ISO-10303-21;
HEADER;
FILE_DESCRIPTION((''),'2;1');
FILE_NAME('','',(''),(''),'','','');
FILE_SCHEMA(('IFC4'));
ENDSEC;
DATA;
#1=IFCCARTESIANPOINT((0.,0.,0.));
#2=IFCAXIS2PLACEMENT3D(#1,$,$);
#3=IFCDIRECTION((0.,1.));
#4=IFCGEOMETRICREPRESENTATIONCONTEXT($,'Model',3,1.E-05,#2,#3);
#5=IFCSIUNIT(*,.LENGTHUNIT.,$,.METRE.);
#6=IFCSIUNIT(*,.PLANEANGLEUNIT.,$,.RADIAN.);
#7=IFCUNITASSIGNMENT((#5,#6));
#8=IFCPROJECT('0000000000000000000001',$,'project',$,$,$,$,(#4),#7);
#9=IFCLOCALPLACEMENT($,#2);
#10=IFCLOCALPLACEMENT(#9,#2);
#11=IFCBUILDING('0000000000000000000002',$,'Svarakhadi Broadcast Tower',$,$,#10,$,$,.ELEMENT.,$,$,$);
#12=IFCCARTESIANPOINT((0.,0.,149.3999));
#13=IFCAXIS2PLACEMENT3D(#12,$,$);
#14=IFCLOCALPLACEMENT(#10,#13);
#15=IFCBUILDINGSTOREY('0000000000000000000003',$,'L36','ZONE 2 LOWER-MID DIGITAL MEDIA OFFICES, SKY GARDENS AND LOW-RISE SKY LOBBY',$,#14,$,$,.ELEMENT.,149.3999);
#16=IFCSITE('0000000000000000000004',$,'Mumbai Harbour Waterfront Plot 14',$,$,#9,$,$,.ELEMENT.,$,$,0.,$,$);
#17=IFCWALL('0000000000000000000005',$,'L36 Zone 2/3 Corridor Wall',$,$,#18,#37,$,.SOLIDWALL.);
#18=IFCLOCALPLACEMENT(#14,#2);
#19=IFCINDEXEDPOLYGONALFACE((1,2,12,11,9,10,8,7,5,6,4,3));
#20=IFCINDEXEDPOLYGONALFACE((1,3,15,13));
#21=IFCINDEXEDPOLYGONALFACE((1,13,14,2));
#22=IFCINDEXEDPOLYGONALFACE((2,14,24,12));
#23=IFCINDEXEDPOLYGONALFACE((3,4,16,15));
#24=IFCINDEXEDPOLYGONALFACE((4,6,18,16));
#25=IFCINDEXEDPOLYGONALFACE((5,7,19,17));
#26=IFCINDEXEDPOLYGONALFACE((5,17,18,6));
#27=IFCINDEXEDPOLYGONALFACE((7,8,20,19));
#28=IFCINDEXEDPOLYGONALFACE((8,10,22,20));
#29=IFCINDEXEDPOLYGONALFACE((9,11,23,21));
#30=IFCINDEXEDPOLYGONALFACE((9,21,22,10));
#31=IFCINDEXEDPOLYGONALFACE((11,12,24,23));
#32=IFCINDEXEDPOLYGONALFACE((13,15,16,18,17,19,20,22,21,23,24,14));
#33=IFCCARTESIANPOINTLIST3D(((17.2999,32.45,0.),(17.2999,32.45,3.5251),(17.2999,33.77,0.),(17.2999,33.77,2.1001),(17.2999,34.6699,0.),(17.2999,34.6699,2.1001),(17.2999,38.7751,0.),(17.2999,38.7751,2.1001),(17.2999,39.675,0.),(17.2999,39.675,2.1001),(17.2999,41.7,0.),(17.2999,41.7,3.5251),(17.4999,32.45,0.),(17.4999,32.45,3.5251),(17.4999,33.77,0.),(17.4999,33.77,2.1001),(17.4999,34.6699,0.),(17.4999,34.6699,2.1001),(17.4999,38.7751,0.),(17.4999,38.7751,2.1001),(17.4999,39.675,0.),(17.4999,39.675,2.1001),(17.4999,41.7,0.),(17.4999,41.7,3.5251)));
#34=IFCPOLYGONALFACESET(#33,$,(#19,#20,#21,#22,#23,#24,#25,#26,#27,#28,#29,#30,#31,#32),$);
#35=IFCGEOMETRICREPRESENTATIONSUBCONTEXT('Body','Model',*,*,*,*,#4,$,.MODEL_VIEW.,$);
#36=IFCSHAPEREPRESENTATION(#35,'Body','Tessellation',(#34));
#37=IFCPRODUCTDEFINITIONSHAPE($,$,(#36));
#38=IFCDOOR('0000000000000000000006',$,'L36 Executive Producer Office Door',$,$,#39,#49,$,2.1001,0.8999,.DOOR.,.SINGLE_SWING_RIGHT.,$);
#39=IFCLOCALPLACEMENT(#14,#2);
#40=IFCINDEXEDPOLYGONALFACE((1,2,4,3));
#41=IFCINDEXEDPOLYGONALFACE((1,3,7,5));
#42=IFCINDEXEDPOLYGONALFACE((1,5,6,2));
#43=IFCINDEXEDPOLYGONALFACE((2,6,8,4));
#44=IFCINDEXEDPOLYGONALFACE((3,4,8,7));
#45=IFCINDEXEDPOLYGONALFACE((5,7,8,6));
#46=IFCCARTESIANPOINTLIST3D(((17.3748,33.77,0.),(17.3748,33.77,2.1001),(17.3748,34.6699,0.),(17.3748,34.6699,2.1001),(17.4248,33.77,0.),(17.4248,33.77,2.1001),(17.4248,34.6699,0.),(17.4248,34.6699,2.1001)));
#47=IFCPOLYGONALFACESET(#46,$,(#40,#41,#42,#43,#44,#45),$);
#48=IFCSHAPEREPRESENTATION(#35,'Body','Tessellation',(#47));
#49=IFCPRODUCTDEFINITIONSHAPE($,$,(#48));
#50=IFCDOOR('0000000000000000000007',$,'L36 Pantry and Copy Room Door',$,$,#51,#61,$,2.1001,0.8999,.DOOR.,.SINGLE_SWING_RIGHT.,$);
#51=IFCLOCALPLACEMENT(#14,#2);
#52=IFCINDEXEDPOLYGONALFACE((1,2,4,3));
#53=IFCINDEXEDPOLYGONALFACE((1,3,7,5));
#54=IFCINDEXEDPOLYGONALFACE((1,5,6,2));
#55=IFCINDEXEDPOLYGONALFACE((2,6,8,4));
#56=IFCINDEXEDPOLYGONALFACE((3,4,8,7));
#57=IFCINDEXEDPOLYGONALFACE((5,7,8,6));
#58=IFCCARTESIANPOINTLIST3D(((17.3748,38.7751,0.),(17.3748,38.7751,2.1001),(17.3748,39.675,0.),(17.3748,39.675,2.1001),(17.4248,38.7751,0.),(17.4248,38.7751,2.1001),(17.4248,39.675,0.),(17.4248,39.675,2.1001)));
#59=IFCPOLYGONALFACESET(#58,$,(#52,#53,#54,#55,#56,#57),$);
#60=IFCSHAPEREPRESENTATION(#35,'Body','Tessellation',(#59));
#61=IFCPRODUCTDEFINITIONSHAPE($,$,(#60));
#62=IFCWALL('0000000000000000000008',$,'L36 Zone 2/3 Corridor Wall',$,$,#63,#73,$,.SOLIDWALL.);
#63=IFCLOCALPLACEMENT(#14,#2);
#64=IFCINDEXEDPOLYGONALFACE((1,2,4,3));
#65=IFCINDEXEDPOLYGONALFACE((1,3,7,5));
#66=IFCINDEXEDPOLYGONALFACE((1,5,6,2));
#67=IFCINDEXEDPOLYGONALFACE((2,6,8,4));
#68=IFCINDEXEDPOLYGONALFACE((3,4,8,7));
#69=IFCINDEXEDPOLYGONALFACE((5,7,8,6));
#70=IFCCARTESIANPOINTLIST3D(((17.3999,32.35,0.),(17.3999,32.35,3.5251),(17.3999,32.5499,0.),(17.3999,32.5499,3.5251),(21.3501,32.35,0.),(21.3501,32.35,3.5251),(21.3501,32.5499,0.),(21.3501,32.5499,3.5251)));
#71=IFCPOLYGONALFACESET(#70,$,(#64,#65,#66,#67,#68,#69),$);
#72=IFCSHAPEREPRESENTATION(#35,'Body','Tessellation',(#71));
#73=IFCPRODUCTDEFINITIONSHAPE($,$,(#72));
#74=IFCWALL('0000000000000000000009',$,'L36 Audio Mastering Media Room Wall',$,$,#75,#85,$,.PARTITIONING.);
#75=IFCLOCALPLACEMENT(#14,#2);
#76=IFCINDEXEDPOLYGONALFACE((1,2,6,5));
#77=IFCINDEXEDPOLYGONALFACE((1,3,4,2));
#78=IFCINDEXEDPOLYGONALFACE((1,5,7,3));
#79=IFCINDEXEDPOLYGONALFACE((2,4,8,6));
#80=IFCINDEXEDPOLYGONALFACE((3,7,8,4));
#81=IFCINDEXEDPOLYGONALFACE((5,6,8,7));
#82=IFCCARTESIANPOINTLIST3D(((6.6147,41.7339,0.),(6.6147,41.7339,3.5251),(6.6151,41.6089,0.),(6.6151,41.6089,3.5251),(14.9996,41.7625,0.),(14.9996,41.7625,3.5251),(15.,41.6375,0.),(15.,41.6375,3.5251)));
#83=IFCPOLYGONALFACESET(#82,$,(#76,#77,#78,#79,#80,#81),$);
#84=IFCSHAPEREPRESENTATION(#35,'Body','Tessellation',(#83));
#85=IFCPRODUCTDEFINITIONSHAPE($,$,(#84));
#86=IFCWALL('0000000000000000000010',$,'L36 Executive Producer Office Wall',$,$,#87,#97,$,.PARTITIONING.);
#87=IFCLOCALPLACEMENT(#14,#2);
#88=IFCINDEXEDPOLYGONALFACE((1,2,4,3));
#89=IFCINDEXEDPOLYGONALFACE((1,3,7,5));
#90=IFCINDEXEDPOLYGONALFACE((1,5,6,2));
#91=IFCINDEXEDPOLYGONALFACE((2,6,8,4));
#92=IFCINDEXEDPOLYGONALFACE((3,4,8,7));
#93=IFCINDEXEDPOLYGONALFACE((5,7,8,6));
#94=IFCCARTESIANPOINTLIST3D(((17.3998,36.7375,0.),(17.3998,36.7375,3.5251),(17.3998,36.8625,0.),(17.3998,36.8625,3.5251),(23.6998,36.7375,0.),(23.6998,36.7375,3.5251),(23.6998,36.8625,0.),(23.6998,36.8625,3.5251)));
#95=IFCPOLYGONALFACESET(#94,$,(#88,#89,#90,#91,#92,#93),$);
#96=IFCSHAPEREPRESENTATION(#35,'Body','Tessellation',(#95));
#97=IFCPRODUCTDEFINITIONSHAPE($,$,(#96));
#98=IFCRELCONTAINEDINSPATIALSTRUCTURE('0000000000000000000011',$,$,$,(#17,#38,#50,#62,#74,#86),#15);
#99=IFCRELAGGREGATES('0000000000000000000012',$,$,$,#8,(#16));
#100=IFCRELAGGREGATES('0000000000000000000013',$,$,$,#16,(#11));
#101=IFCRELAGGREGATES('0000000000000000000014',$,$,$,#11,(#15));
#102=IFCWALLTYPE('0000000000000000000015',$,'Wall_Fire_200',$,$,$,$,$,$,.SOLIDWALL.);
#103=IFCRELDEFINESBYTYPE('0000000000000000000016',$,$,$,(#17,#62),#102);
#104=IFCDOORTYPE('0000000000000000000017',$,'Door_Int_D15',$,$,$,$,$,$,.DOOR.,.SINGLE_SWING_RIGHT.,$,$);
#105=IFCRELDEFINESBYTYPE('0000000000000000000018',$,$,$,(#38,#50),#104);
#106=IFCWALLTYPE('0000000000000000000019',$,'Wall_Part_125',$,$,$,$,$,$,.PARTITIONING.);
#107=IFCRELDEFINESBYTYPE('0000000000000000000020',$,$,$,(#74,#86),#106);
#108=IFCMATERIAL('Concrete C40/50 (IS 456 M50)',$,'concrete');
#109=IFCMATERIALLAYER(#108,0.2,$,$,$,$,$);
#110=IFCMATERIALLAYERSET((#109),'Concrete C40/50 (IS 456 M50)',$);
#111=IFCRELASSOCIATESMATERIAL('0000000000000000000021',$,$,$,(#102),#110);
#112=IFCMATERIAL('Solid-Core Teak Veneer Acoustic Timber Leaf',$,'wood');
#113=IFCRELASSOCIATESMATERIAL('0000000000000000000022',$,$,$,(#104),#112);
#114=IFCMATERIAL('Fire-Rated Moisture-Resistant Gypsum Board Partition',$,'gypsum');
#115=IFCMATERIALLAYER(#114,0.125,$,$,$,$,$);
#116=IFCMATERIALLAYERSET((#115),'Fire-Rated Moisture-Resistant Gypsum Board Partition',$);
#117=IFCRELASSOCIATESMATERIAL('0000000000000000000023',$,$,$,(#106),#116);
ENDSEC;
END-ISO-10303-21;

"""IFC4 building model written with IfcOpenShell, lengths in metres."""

from ifc_helpers import new_model, si_unit, direction, frame, frame_2d, origin, place, context, subcontext, project, spatial, rectangle, extrude, material, layer, layer_set, type_object, element, fill, save


model = new_model("IFC4")

# Units and contexts
model_context = context("Model", 3, precision=1e-05, world=origin(), true_north=direction((0.0, 1.0)))
body_context = subcontext(model_context, "Body", "Model", "MODEL_VIEW")
ifc_project = project(units=[si_unit("LENGTHUNIT", "METRE"), si_unit("PLANEANGLEUNIT", "RADIAN")], contexts=[model_context])

# Site, building, storey
site_placement = place(None, origin())
site = spatial("IfcSite", under=ifc_project, at=site_placement, Name="Mumbai Harbour Waterfront Plot 14", CompositionType="ELEMENT", RefElevation=0.0)
building_placement = place(site_placement, origin())
building = spatial("IfcBuilding", under=site, at=building_placement, Name="Svarakhadi Broadcast Tower", CompositionType="ELEMENT")
storey_placement = place(building_placement, frame((0.0, 0.0, 149.3999)))
storey = spatial("IfcBuildingStorey", under=building, at=storey_placement, Name="L36", Description="ZONE 2 LOWER-MID DIGITAL MEDIA OFFICES, SKY GARDENS AND LOW-RISE SKY LOBBY", CompositionType="ELEMENT", Elevation=149.3999)

# Shared definitions
ifc_material_1 = material(Name="Concrete C40/50 (IS 456 M50)", Category="concrete")

# Wall, openings, doors
ifc_layer_1 = layer(ifc_material_1, 0.2)
ifc_layer_set_1 = layer_set([ifc_layer_1], Name="Concrete C40/50 (IS 456 M50)")
wall_type_1 = type_object("IfcWallType", Name="Wall_Fire_200", PredefinedType="SOLIDWALL", material=ifc_layer_set_1)
ifc_material_2 = material(Name="Solid-Core Teak Veneer Acoustic Timber Leaf", Category="wood")
door_type_1 = type_object("IfcDoorType", Name="Door_Int_D15", OperationType="SINGLE_SWING_RIGHT", PredefinedType="DOOR", material=ifc_material_2)
wall_1_placement = place(storey_placement, frame((17.3999, 41.7, 0.0), z_axis=(0.0, 0.0, 1.0), x_axis=(0.0, -1.0, 0.0)))
wall_1 = element("IfcWall", 1, at=wall_1_placement, inside=storey, type_object=wall_type_1, Name="L36 Zone 2/3 Corridor Wall", PredefinedType="SOLIDWALL", context=body_context, shape_type="SweptSolid", body=[
    extrude(rectangle(XDim=9.25, YDim=0.2, at=frame_2d((4.625, 0.0))), origin(), (0.0, 0.0, 1.0), 3.5251),
])
opening_1_placement = place(wall_1_placement, frame((7.03, 0.0, 0.0)))
opening_1 = element("IfcOpeningElement", 2, at=opening_1_placement, cuts=wall_1, PredefinedType="OPENING", context=body_context, shape_type="SweptSolid", body=[
    extrude(rectangle(XDim=0.8999, YDim=2.1001, at=frame_2d((0.45, 1.05))), frame((0.0, 0.1099, 0.0), z_axis=(0.0, -1.0, 0.0), x_axis=(1.0, 0.0, 0.0)), (0.0, 0.0, 1.0), 0.22),
])
opening_2_placement = place(wall_1_placement, frame((2.0249, 0.0, 0.0)))
opening_2 = element("IfcOpeningElement", 3, at=opening_2_placement, cuts=wall_1, PredefinedType="OPENING", context=body_context, shape_type="SweptSolid", body=[
    extrude(rectangle(XDim=0.8999, YDim=2.1001, at=frame_2d((0.45, 1.05))), frame((0.0, 0.1099, 0.0), z_axis=(0.0, -1.0, 0.0), x_axis=(1.0, 0.0, 0.0)), (0.0, 0.0, 1.0), 0.22),
])
door_1_placement = place(opening_1_placement, origin())
door_1 = element("IfcDoor", 4, at=door_1_placement, inside=storey, type_object=door_type_1, Name="L36 Executive Producer Office Door", OperationType="SINGLE_SWING_RIGHT", OverallHeight=2.1001, OverallWidth=0.8999, PredefinedType="DOOR", context=body_context, shape_type="SweptSolid", body=[
    extrude(rectangle(XDim=0.8999, YDim=2.1001, at=frame_2d((0.45, 1.05))), frame((0.0, 0.0249, 0.0), z_axis=(0.0, -1.0, 0.0), x_axis=(1.0, 0.0, 0.0)), (0.0, 0.0, 1.0), 0.05),
])
fill(opening_1, door_1)
door_2_placement = place(opening_2_placement, origin())
door_2 = element("IfcDoor", 5, at=door_2_placement, inside=storey, type_object=door_type_1, Name="L36 Pantry and Copy Room Door", OperationType="SINGLE_SWING_RIGHT", OverallHeight=2.1001, OverallWidth=0.8999, PredefinedType="DOOR", context=body_context, shape_type="SweptSolid", body=[
    extrude(rectangle(XDim=0.8999, YDim=2.1001, at=frame_2d((0.45, 1.05))), frame((0.0, 0.0249, 0.0), z_axis=(0.0, -1.0, 0.0), x_axis=(1.0, 0.0, 0.0)), (0.0, 0.0, 1.0), 0.05),
])
fill(opening_2, door_2)

# Walls
wall_2_placement = place(storey_placement, frame((17.3999, 32.45, 0.0), z_axis=(0.0, 0.0, 1.0), x_axis=(1.0, 0.0, 0.0)))
element("IfcWall", 6, at=wall_2_placement, inside=storey, type_object=wall_type_1, Name="L36 Zone 2/3 Corridor Wall", PredefinedType="SOLIDWALL", context=body_context, shape_type="SweptSolid", body=[
    extrude(rectangle(XDim=3.9502, YDim=0.2, at=frame_2d((1.9751, 0.0))), origin(), (0.0, 0.0, 1.0), 3.5251),
])
ifc_material_3 = material(Name="Fire-Rated Moisture-Resistant Gypsum Board Partition", Category="gypsum")
ifc_layer_2 = layer(ifc_material_3, 0.125)
ifc_layer_set_2 = layer_set([ifc_layer_2], Name="Fire-Rated Moisture-Resistant Gypsum Board Partition")
wall_type_2 = type_object("IfcWallType", Name="Wall_Part_125", PredefinedType="PARTITIONING", material=ifc_layer_set_2)
wall_3_placement = place(storey_placement, frame((6.615, 41.6714, 0.0), z_axis=(0.0, 0.0, 1.0), x_axis=(0.999994, 0.003407, 0.0)))
element("IfcWall", 7, at=wall_3_placement, inside=storey, type_object=wall_type_2, Name="L36 Audio Mastering Media Room Wall", PredefinedType="PARTITIONING", context=body_context, shape_type="SweptSolid", body=[
    extrude(rectangle(XDim=8.385, YDim=0.125, at=frame_2d((4.1924, 0.0))), origin(), (0.0, 0.0, 1.0), 3.5251),
])
wall_4_placement = place(storey_placement, frame((17.3999, 36.8, 0.0), z_axis=(0.0, 0.0, 1.0), x_axis=(1.0, 0.0, 0.0)))
element("IfcWall", 8, at=wall_4_placement, inside=storey, type_object=wall_type_2, Name="L36 Executive Producer Office Wall", PredefinedType="PARTITIONING", context=body_context, shape_type="SweptSolid", body=[
    extrude(rectangle(XDim=6.3, YDim=0.125, at=frame_2d((3.1499, 0.0))), origin(), (0.0, 0.0, 1.0), 3.5251),
])

save(model, "model.ifc")
